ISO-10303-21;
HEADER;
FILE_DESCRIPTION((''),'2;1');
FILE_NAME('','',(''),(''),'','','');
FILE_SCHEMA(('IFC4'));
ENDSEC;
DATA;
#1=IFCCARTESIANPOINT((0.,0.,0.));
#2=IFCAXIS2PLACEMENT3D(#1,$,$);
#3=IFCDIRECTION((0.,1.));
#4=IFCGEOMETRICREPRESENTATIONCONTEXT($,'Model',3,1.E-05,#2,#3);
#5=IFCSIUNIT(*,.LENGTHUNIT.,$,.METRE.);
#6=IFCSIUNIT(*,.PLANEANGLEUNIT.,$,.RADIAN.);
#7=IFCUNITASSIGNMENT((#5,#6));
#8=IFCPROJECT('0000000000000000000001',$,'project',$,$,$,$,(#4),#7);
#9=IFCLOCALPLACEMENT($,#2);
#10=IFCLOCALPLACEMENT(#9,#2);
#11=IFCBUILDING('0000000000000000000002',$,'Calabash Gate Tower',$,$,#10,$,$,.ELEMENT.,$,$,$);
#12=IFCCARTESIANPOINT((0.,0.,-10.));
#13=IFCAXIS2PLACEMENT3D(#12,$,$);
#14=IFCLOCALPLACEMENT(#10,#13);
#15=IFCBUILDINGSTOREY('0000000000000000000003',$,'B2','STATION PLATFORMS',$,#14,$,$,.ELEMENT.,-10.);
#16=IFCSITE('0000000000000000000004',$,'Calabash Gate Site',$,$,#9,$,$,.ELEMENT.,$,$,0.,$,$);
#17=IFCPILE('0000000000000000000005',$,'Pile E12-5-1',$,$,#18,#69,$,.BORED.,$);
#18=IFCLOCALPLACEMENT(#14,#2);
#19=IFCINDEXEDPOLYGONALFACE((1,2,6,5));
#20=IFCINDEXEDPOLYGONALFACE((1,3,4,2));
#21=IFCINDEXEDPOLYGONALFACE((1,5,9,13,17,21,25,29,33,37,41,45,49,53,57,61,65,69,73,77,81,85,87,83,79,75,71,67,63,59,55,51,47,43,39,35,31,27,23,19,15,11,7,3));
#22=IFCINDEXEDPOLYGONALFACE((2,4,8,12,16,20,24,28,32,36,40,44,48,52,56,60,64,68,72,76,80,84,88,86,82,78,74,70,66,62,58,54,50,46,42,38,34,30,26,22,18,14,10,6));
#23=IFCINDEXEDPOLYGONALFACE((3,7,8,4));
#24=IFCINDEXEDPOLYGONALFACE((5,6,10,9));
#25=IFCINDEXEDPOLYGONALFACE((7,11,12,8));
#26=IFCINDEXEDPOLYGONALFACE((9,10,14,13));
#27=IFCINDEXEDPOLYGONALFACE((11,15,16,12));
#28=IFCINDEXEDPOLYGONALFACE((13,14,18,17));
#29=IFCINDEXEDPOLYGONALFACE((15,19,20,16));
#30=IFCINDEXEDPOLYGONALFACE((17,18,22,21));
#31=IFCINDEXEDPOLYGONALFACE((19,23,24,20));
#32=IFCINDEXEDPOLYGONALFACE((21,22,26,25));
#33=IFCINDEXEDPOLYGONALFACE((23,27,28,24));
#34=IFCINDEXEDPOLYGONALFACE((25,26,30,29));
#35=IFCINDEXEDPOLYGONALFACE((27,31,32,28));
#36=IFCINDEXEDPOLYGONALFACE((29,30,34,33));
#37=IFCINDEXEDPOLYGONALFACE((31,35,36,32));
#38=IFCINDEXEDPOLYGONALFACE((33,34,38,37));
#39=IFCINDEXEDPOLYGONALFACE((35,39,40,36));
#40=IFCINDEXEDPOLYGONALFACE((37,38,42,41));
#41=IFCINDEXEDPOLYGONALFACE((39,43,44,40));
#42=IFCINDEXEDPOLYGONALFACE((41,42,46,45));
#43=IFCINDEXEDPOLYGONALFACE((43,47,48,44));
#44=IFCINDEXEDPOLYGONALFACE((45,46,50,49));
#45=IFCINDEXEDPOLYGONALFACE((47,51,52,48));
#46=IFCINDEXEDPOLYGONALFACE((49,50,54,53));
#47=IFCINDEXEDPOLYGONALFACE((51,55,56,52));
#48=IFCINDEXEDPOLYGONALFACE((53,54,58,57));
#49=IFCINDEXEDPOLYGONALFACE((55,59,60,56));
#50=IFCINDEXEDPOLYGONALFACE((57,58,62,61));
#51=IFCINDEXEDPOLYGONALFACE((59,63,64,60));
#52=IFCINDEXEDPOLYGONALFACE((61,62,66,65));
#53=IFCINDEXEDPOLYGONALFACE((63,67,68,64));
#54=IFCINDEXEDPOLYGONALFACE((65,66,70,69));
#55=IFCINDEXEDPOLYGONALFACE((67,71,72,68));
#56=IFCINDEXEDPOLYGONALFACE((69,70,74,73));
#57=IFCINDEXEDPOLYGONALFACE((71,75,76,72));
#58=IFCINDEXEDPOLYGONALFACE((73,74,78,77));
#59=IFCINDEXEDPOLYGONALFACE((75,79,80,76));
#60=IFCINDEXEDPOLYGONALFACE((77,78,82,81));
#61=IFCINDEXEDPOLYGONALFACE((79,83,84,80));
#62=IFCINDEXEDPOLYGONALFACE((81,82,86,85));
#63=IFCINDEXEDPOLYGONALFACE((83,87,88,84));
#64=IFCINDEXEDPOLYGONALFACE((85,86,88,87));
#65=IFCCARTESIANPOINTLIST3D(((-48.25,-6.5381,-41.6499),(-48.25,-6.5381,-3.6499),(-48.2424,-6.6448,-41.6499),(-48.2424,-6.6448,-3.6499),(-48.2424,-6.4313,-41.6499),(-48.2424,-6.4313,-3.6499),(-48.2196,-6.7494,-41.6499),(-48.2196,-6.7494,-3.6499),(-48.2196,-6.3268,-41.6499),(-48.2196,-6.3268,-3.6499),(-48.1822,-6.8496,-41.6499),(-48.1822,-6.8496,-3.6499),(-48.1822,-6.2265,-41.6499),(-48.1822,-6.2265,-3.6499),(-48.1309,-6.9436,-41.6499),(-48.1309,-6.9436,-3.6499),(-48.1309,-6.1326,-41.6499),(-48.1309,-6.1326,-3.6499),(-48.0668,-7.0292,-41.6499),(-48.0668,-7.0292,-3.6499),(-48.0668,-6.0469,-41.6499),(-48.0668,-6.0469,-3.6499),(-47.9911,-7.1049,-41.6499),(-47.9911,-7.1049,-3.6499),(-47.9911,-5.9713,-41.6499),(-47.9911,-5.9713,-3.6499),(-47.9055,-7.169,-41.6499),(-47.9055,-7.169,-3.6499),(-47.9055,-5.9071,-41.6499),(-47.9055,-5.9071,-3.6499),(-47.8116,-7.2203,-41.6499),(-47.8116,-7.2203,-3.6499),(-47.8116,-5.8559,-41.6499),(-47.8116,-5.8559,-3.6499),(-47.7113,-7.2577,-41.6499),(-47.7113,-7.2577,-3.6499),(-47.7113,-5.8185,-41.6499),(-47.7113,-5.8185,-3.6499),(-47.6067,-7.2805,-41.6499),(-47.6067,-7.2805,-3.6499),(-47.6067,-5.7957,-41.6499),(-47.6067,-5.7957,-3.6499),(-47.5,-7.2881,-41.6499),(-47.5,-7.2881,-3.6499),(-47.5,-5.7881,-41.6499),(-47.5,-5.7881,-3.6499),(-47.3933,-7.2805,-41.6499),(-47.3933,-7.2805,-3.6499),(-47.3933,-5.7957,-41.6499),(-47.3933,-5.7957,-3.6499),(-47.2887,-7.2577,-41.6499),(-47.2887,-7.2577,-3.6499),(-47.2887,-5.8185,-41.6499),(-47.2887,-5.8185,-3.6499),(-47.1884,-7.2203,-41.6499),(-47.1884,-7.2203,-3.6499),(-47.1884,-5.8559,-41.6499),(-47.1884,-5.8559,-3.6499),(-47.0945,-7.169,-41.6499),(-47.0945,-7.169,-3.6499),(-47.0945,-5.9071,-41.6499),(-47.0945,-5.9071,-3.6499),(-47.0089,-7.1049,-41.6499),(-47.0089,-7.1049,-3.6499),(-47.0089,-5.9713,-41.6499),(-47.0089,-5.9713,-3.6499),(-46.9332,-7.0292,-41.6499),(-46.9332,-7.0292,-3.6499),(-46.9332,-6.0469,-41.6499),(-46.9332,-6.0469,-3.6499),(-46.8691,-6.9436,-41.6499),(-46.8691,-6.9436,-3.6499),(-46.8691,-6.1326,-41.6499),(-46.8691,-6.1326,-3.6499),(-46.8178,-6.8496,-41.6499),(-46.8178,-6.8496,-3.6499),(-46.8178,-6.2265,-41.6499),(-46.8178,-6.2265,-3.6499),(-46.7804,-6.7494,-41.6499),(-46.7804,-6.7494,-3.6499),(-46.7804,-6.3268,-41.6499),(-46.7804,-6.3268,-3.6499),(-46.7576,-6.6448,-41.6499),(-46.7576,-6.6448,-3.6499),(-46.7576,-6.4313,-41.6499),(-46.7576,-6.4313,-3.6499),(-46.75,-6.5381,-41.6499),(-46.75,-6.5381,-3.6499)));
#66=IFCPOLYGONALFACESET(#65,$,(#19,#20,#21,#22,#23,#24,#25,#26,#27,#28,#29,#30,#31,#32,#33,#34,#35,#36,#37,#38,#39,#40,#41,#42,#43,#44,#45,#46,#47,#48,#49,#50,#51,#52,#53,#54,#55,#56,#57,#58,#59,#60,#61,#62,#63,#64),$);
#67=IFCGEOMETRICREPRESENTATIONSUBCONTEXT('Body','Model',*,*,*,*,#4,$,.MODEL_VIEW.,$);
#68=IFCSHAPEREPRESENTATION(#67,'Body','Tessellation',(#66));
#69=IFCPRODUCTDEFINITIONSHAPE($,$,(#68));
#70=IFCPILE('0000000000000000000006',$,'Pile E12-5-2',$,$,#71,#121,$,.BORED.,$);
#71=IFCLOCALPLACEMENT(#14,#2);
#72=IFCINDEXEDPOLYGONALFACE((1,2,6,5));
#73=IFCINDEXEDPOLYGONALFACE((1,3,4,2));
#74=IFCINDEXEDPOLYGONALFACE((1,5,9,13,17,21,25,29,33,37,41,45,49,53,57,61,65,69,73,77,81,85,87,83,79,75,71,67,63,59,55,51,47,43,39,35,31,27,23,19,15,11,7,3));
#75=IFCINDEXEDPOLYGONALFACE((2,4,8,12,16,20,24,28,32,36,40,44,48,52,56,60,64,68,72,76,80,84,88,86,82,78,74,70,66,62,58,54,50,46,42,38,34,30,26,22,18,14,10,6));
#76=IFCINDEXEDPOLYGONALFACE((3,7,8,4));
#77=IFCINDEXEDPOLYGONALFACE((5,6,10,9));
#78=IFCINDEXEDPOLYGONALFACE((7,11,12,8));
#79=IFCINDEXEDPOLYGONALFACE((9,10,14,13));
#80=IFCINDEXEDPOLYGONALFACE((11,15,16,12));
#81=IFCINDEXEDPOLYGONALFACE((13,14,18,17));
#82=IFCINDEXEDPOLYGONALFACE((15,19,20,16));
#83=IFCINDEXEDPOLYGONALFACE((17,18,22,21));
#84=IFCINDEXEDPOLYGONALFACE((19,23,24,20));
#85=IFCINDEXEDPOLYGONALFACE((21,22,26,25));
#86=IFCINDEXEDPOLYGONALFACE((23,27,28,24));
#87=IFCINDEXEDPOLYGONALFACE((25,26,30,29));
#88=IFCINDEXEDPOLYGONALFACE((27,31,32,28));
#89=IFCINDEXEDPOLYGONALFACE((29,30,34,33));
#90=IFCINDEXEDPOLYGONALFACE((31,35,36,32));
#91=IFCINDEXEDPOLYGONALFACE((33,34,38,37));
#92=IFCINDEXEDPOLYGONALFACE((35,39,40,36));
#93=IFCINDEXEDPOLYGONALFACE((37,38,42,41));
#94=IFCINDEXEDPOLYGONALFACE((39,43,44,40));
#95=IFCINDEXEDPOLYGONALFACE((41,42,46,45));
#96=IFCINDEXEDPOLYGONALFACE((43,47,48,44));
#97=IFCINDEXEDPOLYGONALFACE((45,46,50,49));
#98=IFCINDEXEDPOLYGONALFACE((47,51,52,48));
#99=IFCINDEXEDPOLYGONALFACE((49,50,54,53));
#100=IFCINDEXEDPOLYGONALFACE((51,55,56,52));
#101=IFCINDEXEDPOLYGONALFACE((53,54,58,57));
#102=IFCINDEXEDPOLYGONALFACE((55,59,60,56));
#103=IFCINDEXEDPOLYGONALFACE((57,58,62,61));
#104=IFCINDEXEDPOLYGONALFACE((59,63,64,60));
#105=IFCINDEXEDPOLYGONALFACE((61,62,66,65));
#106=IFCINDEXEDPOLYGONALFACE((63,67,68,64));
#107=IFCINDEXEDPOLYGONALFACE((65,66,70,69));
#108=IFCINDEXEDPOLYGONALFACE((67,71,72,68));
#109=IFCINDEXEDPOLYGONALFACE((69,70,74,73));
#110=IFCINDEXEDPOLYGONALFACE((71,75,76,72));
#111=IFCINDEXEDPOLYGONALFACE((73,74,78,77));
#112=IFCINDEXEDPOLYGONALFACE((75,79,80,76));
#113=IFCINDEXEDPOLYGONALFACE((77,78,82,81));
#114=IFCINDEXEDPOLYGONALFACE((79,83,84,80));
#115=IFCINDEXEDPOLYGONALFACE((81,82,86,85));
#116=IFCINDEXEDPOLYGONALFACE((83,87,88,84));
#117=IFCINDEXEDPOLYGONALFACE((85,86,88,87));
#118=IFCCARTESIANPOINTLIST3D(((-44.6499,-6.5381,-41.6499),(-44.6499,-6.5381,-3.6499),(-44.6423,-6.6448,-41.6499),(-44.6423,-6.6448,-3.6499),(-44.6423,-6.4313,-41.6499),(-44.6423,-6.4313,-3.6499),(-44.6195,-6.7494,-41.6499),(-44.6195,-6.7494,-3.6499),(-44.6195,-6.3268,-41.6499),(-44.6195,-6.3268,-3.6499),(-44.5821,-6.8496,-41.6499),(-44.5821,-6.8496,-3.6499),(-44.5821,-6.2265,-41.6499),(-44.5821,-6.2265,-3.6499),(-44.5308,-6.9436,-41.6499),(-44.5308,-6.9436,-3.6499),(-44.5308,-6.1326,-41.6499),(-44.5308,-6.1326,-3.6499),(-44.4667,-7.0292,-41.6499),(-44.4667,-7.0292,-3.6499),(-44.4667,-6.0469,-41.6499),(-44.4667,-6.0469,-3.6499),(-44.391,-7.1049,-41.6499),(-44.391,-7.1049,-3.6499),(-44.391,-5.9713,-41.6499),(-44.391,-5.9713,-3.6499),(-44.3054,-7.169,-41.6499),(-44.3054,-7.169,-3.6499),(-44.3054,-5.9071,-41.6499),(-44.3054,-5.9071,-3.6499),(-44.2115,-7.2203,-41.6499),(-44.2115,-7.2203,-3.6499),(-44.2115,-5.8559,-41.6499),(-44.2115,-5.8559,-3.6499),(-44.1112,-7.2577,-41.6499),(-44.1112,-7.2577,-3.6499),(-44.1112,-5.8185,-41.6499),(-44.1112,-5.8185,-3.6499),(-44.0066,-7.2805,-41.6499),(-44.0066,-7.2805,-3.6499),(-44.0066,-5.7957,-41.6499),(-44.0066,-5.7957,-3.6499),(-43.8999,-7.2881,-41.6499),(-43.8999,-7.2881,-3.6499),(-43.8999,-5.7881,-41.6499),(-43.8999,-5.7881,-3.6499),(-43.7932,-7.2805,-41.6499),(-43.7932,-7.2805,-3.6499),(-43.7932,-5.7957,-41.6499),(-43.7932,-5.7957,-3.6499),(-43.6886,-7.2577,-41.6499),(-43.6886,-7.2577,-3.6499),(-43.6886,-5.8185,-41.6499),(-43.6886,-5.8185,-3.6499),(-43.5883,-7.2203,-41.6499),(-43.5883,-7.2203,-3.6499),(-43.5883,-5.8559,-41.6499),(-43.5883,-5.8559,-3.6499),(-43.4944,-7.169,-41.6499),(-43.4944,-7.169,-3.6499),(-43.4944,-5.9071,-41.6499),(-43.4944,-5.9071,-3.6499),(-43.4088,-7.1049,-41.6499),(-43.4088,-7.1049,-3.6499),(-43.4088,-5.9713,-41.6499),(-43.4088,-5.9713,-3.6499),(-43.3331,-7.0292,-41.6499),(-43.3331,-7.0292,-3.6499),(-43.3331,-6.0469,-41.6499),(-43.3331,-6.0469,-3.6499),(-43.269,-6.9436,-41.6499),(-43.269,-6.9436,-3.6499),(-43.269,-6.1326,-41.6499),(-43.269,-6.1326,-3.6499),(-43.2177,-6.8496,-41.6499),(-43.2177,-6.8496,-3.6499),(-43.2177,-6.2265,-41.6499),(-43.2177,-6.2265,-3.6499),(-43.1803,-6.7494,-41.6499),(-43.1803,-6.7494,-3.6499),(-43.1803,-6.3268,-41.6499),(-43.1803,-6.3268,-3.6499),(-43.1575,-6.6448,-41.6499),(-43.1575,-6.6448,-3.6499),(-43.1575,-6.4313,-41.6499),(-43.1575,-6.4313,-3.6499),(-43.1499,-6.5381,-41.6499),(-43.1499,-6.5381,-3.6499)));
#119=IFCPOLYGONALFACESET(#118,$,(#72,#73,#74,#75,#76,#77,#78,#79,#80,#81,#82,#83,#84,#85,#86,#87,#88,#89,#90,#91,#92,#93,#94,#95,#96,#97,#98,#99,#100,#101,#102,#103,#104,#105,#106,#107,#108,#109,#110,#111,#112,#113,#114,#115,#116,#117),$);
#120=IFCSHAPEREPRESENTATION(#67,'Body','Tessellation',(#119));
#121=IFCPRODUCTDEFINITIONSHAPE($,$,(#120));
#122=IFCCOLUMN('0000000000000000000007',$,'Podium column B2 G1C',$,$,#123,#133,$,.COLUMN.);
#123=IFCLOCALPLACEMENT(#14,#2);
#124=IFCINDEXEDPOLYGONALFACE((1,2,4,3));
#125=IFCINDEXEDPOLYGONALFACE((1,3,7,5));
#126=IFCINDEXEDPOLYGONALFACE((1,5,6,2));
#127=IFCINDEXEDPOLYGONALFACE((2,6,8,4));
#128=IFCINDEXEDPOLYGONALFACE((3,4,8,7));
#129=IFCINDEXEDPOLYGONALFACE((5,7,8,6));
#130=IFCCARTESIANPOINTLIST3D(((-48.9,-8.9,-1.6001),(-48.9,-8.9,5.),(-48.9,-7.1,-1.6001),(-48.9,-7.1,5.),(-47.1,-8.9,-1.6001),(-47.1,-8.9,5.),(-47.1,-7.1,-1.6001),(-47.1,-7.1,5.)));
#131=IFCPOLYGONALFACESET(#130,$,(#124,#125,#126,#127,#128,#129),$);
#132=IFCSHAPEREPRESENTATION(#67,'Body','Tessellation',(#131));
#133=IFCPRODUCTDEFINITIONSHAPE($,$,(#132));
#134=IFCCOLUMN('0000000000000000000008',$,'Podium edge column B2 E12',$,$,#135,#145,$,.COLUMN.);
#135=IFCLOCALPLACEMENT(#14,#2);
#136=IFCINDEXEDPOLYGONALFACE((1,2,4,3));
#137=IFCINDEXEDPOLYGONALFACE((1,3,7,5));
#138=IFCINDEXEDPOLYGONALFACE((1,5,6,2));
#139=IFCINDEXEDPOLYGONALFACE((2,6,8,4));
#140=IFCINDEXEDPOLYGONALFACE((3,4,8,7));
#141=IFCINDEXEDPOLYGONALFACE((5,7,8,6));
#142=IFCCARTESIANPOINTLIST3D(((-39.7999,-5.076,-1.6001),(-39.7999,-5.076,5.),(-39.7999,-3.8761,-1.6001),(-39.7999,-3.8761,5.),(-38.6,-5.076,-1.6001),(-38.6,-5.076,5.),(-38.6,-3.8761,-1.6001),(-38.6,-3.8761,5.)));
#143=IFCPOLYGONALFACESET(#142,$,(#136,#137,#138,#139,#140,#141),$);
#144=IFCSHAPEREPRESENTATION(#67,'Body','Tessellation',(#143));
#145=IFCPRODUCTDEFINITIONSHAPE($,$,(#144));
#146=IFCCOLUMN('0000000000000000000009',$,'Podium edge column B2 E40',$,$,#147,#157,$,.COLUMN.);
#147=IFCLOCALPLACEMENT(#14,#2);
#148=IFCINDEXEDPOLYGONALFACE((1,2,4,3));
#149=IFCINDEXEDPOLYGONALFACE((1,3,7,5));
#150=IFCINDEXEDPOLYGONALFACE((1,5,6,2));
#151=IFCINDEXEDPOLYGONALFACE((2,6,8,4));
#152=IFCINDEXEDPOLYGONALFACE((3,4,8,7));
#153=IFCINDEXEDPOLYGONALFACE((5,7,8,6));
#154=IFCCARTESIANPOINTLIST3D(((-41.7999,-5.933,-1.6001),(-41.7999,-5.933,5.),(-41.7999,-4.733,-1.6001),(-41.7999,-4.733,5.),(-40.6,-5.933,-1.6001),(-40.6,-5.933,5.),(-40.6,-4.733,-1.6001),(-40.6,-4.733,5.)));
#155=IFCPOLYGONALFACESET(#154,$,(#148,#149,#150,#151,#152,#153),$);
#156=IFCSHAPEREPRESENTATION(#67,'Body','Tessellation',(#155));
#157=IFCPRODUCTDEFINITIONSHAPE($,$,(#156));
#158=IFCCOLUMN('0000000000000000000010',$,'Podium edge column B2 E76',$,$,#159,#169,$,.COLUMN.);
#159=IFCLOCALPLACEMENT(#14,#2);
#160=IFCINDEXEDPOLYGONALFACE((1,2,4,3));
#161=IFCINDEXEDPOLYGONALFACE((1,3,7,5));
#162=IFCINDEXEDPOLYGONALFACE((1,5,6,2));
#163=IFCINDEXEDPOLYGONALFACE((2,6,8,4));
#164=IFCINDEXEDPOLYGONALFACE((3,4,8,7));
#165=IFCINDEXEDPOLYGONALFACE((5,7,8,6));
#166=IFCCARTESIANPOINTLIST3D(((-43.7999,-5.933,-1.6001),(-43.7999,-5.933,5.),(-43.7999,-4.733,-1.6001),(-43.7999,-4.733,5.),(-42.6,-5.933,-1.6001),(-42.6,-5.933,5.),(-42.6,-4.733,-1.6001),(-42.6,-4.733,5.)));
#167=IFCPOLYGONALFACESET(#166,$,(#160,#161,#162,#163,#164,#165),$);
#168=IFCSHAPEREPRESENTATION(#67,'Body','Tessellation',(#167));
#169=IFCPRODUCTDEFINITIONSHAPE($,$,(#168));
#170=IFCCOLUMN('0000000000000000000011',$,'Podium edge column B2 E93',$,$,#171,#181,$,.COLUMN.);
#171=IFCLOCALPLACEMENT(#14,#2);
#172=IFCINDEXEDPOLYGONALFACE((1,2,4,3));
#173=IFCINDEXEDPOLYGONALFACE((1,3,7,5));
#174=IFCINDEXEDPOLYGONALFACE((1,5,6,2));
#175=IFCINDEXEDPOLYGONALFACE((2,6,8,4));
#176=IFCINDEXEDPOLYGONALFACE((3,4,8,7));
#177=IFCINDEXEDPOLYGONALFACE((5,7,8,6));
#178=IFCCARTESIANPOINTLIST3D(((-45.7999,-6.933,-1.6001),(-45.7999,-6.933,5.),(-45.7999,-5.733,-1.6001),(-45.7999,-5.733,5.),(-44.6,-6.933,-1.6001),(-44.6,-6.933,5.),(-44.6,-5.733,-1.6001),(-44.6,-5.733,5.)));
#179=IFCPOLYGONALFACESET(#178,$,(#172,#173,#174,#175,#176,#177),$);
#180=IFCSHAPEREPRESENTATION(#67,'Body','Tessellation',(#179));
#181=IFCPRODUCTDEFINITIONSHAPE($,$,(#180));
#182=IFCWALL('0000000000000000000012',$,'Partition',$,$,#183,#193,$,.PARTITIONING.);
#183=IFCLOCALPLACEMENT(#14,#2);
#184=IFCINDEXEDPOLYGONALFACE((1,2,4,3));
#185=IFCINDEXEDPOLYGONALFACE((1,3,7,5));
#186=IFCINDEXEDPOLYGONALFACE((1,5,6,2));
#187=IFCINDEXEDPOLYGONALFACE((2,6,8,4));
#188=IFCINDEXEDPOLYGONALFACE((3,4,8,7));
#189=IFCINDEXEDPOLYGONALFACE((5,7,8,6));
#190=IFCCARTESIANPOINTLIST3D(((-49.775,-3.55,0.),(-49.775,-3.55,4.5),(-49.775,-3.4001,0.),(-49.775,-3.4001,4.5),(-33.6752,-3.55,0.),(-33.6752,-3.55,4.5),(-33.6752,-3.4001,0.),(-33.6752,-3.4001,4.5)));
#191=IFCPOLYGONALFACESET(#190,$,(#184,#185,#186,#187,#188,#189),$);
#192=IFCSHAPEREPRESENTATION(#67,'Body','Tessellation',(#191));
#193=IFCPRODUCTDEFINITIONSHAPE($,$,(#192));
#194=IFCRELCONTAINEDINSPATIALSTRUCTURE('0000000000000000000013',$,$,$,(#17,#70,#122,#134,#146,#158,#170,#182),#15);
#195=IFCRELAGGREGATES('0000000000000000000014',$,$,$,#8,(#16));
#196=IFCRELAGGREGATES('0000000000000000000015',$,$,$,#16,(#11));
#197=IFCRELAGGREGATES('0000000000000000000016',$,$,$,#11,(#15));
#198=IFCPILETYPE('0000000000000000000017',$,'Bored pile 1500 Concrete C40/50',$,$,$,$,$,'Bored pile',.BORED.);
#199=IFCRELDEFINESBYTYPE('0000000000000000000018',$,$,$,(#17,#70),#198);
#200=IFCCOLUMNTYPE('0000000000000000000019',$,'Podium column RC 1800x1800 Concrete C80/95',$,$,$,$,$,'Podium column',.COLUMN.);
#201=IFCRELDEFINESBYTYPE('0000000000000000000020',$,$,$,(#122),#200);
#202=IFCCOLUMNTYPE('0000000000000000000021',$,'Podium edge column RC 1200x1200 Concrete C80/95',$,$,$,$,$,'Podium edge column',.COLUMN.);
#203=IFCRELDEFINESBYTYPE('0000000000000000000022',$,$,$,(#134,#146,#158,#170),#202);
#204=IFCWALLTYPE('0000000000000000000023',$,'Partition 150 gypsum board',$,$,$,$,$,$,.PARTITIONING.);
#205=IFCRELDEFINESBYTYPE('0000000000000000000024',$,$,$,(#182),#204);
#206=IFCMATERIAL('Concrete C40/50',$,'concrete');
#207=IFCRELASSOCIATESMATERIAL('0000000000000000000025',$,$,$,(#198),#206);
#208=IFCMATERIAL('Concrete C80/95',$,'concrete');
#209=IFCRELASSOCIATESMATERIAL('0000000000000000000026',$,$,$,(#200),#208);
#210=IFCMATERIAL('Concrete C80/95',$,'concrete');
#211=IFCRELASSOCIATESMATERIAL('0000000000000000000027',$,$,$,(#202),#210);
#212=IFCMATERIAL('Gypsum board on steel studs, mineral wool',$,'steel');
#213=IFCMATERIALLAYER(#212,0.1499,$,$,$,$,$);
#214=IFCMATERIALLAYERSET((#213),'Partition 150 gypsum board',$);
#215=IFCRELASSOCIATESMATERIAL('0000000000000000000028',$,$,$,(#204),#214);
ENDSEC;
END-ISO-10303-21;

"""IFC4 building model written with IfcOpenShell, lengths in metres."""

from ifc_helpers import new_model, si_unit, direction, frame, frame_2d, origin, origin_2d, place, context, subcontext, project, spatial, rectangle, circle, extrude, material, layer, layer_set, material_profile, profile_set, type_object, element, save


model = new_model("IFC4")

# Units and contexts
model_context = context("Model", 3, precision=1e-05, world=origin(), true_north=direction((0.0, 1.0)))
body_context = subcontext(model_context, "Body", "Model", "MODEL_VIEW")
ifc_project = project(units=[si_unit("LENGTHUNIT", "METRE"), si_unit("PLANEANGLEUNIT", "RADIAN")], contexts=[model_context])

# Site, building, storey
site_placement = place(None, origin())
site = spatial("IfcSite", under=ifc_project, at=site_placement, Name="Calabash Gate Site", CompositionType="ELEMENT", RefElevation=0.0)
building_placement = place(site_placement, origin())
building = spatial("IfcBuilding", under=site, at=building_placement, Name="Calabash Gate Tower", CompositionType="ELEMENT")
storey_placement = place(building_placement, frame((0.0, 0.0, -10.0)))
storey = spatial("IfcBuildingStorey", under=building, at=storey_placement, Name="B2", Description="STATION PLATFORMS", CompositionType="ELEMENT", Elevation=-10.0)

# Piles
ifc_material_1 = material(Name="Concrete C40/50", Category="concrete")
ifc_material_profile_1 = material_profile(ifc_material_1, circle(Radius=0.75, at=origin_2d()))
ifc_profile_set_1 = profile_set([ifc_material_profile_1], Name="Concrete C40/50")
pile_type = type_object("IfcPileType", Name="Bored pile 1500 Concrete C40/50", ElementType="Bored pile", PredefinedType="BORED", material=ifc_profile_set_1)
for number, where, z_axis, x_axis, name in (
    (1, (-47.5, -6.5381, -3.6499), (0.0, 0.0, -1.0), (1.0, 0.0, 0.0), "Pile E12-5-1"),
    (2, (-43.8999, -6.5381, -3.6499), (0.0, 0.0, -1.0), (1.0, 0.0, 0.0), "Pile E12-5-2"),
):
    element("IfcPile", number, at=place(storey_placement, frame(where, z_axis=z_axis, x_axis=x_axis)), inside=storey, type_object=pile_type, Name=name, PredefinedType="BORED", context=body_context, shape_type="SweptSolid", body=[
        extrude(circle(Radius=0.75, at=origin_2d()), origin(), (0.0, 0.0, 1.0), 38.0),
    ])

# Columns
ifc_material_2 = material(Name="Concrete C80/95", Category="concrete")
ifc_material_profile_2 = material_profile(ifc_material_2, rectangle(XDim=1.8, YDim=1.8, at=origin_2d()))
ifc_profile_set_2 = profile_set([ifc_material_profile_2], Name="Concrete C80/95")
column_type_1 = type_object("IfcColumnType", Name="Podium column RC 1800x1800 Concrete C80/95", ElementType="Podium column", PredefinedType="COLUMN", material=ifc_profile_set_2)
column_placement = place(storey_placement, frame((-48.0, -8.0, -1.6001), z_axis=(0.0, 0.0, 1.0), x_axis=(1.0, 0.0, 0.0)))
element("IfcColumn", 3, at=column_placement, inside=storey, type_object=column_type_1, Name="Podium column B2 G1C", PredefinedType="COLUMN", context=body_context, shape_type="SweptSolid", body=[
    extrude(rectangle(XDim=1.8, YDim=1.8, at=origin_2d()), origin(), (0.0, 0.0, 1.0), 6.6001),
])
ifc_material_3 = material(Name="Concrete C80/95", Category="concrete")
ifc_material_profile_3 = material_profile(ifc_material_3, rectangle(XDim=1.2, YDim=1.2, at=origin_2d()))
ifc_profile_set_3 = profile_set([ifc_material_profile_3], Name="Concrete C80/95")
column_type_2 = type_object("IfcColumnType", Name="Podium edge column RC 1200x1200 Concrete C80/95", ElementType="Podium edge column", PredefinedType="COLUMN", material=ifc_profile_set_3)
for number, where, z_axis, x_axis, name in (
    (4, (-39.2, -4.4761, -1.6001), (0.0, 0.0, 1.0), (1.0, 0.0, 0.0), "Podium edge column B2 E12"),
    (5, (-41.2, -5.333, -1.6001), (0.0, 0.0, 1.0), (1.0, 0.0, 0.0), "Podium edge column B2 E40"),
    (6, (-43.2, -5.333, -1.6001), (0.0, 0.0, 1.0), (1.0, 0.0, 0.0), "Podium edge column B2 E76"),
    (7, (-45.2, -6.333, -1.6001), (0.0, 0.0, 1.0), (1.0, 0.0, 0.0), "Podium edge column B2 E93"),
):
    element("IfcColumn", number, at=place(storey_placement, frame(where, z_axis=z_axis, x_axis=x_axis)), inside=storey, type_object=column_type_2, Name=name, PredefinedType="COLUMN", context=body_context, shape_type="SweptSolid", body=[
        extrude(rectangle(XDim=1.2, YDim=1.2, at=origin_2d()), origin(), (0.0, 0.0, 1.0), 6.6001),
    ])

# Wall
ifc_material_4 = material(Name="Gypsum board on steel studs, mineral wool", Category="steel")
ifc_layer_1 = layer(ifc_material_4, 0.1499)
ifc_layer_set_1 = layer_set([ifc_layer_1], Name="Partition 150 gypsum board")
wall_type_1 = type_object("IfcWallType", Name="Partition 150 gypsum board", PredefinedType="PARTITIONING", material=ifc_layer_set_1)
wall_1_placement = place(storey_placement, frame((-49.7749, -3.4751, 0.0), z_axis=(0.0, 0.0, 1.0), x_axis=(1.0, 0.0, 0.0)))
element("IfcWall", 8, at=wall_1_placement, inside=storey, type_object=wall_type_1, Name="Partition", PredefinedType="PARTITIONING", context=body_context, shape_type="SweptSolid", body=[
    extrude(rectangle(XDim=16.0999, YDim=0.1499, at=frame_2d((8.0498, 0.0))), origin(), (0.0, 0.0, 1.0), 4.5),
])

save(model, "model.ifc")
